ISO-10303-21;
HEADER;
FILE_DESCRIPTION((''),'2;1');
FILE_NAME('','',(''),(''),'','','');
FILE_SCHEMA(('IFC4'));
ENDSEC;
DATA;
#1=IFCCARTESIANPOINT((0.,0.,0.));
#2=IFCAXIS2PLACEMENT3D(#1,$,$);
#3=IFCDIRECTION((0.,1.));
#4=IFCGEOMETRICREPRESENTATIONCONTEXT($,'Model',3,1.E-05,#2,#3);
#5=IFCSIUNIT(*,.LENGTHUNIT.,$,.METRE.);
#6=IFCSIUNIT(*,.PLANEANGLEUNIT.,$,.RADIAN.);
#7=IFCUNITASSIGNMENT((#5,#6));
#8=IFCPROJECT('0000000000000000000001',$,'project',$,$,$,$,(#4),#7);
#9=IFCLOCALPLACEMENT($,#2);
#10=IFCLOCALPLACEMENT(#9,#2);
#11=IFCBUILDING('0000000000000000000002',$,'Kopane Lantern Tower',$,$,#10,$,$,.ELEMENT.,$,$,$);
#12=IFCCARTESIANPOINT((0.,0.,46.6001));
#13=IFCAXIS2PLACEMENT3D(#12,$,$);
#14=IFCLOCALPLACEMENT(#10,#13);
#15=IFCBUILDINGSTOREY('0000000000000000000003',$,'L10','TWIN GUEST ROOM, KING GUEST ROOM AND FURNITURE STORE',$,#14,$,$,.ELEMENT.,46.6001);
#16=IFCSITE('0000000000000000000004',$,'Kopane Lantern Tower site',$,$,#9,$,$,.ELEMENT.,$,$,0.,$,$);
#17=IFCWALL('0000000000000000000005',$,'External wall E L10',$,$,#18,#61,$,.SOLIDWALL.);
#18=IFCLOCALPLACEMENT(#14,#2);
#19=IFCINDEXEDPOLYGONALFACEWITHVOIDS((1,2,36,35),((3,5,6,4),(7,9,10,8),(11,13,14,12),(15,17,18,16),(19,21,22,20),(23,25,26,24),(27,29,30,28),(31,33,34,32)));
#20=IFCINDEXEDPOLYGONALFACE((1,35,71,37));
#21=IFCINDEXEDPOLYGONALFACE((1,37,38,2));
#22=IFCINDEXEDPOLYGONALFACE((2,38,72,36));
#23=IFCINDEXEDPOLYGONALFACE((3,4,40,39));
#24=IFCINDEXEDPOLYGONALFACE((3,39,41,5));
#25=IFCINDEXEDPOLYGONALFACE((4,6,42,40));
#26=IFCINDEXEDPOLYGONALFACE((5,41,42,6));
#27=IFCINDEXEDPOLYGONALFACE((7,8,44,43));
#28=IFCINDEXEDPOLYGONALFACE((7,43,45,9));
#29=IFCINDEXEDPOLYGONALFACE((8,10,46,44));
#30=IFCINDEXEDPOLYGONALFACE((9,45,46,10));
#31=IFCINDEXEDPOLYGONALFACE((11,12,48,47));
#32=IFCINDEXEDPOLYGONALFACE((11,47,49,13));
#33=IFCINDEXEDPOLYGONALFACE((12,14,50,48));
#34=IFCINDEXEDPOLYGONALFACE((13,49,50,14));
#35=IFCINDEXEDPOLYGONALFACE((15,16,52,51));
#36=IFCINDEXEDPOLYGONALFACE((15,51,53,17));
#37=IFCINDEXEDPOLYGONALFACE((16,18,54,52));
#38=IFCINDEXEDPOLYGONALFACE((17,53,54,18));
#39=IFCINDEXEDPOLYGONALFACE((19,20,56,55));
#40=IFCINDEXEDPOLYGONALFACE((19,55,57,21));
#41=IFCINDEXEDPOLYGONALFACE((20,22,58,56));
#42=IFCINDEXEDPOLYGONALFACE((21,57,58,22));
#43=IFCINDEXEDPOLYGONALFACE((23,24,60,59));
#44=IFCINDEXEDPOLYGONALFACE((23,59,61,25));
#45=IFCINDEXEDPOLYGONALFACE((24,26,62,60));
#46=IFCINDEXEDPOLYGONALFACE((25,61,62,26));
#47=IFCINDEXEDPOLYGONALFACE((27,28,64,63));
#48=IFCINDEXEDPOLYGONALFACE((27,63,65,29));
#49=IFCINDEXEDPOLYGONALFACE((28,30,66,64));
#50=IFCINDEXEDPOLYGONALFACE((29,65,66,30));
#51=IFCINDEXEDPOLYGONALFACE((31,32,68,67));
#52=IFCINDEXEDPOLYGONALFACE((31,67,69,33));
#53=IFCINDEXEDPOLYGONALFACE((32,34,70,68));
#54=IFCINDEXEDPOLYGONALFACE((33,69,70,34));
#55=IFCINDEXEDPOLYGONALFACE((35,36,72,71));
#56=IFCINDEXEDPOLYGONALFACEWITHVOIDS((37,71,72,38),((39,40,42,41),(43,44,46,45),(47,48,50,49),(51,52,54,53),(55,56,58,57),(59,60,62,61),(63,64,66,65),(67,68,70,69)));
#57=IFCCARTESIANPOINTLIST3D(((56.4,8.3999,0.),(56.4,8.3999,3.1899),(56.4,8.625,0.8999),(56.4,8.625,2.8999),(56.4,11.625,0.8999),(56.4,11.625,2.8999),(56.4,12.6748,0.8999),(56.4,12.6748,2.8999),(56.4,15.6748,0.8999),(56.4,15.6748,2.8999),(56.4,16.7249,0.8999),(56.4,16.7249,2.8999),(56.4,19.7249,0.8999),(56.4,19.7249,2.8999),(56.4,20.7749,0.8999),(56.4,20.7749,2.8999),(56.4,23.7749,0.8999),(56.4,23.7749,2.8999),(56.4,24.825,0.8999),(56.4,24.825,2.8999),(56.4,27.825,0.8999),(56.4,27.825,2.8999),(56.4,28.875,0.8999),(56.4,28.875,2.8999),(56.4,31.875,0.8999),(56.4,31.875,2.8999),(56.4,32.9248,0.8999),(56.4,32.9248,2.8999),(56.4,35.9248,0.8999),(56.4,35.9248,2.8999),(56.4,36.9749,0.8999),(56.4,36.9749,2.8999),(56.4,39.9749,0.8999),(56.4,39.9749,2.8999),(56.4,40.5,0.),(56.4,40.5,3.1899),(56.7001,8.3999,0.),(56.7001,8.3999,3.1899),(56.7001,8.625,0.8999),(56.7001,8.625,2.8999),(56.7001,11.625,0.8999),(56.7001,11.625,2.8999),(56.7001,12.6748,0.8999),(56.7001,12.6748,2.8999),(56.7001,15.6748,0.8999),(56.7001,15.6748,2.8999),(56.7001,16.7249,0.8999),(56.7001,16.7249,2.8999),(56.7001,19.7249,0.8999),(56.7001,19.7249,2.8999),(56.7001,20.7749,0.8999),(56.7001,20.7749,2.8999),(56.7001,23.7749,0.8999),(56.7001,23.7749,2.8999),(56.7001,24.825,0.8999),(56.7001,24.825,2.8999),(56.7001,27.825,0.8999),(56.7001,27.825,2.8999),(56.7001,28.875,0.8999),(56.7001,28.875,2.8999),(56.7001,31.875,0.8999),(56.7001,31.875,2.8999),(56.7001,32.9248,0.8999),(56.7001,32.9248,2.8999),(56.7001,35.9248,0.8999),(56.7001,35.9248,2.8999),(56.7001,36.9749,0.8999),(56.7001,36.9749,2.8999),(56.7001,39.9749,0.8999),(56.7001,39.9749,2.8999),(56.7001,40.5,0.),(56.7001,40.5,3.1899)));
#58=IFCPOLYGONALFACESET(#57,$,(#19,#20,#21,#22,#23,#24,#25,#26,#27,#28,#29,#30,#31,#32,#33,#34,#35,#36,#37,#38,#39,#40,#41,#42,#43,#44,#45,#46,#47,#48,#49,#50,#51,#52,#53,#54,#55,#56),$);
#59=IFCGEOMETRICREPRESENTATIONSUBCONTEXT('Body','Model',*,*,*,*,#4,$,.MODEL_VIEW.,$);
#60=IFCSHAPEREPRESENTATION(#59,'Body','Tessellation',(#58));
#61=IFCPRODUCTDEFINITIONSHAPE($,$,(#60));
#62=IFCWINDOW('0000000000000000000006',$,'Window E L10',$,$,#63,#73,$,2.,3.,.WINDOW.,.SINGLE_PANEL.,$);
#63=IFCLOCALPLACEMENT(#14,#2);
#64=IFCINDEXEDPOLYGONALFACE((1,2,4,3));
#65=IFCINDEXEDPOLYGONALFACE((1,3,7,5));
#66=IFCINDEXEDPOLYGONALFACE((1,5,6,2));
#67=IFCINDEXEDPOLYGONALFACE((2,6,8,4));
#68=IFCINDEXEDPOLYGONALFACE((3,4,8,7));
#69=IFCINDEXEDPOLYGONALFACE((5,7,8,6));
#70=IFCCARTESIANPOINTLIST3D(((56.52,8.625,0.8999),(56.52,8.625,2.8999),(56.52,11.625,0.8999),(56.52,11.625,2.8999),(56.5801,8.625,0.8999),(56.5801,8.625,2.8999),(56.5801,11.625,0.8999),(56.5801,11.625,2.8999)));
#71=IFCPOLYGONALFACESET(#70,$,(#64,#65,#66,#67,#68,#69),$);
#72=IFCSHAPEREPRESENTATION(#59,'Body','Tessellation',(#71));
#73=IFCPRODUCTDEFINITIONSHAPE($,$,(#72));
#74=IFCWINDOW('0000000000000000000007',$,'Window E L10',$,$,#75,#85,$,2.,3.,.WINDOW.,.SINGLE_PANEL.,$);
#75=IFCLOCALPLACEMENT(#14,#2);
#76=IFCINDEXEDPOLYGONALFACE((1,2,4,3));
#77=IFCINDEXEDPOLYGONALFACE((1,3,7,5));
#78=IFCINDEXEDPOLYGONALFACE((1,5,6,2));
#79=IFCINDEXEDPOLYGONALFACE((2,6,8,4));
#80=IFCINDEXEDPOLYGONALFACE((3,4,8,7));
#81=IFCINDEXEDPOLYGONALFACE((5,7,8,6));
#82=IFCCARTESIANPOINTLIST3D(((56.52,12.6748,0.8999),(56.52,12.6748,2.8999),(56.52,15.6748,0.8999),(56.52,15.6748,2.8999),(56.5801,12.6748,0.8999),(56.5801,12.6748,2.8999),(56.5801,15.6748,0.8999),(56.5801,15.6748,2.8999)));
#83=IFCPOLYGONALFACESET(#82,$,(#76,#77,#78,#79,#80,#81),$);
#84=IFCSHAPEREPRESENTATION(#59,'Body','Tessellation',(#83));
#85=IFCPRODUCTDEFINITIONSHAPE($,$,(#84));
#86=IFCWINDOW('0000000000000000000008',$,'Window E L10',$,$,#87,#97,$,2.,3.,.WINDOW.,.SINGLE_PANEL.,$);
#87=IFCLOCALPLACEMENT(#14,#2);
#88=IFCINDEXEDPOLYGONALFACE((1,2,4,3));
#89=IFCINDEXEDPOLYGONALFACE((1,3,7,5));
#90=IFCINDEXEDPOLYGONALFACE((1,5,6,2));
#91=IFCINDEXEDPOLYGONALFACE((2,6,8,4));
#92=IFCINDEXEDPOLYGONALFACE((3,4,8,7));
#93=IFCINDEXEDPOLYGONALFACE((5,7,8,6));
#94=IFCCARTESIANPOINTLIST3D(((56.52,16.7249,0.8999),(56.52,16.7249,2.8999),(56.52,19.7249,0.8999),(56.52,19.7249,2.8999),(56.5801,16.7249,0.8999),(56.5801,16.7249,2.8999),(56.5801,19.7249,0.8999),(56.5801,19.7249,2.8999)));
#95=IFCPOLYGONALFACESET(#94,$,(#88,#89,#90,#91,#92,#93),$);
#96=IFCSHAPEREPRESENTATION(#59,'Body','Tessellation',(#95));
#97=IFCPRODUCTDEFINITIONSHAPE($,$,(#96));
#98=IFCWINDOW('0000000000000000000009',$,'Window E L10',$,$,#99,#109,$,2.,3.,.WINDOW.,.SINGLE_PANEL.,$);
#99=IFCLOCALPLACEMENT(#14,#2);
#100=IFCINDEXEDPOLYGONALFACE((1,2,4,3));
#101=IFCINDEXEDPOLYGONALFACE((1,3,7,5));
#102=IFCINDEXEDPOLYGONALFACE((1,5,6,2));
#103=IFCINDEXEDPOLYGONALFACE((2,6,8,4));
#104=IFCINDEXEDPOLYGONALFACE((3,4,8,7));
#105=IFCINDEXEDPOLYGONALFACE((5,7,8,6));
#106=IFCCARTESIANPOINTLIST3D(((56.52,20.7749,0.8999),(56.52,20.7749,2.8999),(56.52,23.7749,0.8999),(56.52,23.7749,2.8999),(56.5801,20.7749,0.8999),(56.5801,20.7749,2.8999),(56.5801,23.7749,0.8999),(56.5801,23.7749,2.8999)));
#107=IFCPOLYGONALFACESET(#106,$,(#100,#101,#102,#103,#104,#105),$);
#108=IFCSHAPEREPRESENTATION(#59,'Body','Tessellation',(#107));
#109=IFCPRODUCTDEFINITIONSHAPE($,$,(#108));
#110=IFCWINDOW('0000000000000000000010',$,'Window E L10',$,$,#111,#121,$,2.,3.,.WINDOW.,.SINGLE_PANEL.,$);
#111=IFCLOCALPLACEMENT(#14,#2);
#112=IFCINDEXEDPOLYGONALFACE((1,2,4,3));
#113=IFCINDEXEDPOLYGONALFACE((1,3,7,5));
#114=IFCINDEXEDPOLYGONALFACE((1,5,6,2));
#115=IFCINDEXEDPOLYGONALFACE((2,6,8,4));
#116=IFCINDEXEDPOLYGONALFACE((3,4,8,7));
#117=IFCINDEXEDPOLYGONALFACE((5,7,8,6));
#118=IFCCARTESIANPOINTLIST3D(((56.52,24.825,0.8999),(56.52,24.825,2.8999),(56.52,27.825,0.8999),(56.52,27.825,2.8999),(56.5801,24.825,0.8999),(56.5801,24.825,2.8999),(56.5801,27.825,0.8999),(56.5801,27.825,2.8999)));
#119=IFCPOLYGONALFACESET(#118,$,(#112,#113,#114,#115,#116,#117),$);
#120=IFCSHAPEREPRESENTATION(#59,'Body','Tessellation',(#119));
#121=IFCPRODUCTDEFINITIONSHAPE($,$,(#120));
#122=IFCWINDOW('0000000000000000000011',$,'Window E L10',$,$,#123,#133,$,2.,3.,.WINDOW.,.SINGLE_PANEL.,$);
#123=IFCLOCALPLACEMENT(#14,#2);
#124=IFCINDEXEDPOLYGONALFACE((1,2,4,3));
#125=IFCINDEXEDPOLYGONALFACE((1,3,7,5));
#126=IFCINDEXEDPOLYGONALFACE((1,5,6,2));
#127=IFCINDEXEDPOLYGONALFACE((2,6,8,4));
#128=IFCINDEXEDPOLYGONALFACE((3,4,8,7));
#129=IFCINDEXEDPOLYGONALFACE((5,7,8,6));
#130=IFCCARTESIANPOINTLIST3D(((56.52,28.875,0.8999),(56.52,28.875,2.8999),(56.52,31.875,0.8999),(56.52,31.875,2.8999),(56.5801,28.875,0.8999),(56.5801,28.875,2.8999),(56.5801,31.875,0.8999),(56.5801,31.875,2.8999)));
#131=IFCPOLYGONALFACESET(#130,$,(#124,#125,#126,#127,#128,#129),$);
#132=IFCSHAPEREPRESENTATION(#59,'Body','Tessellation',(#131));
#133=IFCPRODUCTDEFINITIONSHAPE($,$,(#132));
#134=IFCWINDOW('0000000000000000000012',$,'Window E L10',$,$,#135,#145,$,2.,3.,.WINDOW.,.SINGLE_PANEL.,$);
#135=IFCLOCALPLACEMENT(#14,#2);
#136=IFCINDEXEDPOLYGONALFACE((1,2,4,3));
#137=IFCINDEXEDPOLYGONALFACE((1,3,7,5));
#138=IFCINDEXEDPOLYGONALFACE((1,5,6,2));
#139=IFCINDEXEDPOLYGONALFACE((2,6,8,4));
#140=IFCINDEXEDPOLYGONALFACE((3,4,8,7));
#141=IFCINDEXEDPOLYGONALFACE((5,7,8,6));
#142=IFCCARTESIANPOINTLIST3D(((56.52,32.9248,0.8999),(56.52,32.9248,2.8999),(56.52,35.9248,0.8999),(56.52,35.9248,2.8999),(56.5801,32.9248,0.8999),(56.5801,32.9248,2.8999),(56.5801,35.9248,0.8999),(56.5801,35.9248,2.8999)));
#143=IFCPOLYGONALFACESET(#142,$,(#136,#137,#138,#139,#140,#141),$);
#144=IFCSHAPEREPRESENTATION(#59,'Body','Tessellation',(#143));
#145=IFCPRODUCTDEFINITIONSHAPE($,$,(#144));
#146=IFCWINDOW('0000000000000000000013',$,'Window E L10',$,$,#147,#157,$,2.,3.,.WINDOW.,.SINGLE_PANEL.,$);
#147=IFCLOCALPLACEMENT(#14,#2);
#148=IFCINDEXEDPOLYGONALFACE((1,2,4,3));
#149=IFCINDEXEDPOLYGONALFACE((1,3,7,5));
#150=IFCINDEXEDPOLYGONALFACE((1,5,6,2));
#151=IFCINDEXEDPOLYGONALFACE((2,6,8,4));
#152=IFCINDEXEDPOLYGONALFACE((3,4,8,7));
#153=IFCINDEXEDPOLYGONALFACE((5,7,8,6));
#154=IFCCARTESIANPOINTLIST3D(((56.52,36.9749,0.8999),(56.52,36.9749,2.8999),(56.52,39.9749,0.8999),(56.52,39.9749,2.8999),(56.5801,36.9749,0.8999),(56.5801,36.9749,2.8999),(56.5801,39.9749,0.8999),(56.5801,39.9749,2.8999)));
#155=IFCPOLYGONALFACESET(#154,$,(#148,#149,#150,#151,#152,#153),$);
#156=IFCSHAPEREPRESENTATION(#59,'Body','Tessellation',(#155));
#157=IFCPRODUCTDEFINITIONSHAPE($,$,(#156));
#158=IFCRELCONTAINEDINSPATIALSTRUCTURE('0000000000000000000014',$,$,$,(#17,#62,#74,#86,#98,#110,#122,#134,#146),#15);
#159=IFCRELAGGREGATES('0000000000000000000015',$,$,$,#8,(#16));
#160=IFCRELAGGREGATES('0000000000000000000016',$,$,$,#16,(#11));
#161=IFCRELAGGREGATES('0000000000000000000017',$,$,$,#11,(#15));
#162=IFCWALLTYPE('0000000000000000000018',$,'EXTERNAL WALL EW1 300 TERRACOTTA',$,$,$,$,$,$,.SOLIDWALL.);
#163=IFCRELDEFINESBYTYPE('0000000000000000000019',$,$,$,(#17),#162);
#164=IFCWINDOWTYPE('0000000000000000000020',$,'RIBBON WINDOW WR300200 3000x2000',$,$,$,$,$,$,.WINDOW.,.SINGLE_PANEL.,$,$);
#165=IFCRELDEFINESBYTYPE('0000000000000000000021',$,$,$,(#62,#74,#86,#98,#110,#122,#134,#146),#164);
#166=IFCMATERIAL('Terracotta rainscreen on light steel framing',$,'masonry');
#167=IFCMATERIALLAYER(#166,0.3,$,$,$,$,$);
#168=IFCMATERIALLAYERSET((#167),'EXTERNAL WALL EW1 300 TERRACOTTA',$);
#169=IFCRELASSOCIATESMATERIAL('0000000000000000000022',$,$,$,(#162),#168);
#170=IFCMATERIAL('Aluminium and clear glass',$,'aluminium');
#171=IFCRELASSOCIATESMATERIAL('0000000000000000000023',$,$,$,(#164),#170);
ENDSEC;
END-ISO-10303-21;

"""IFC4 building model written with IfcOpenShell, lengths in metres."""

from ifc_helpers import new_model, si_unit, direction, frame, frame_2d, origin, place, context, subcontext, project, spatial, rectangle, extrude, material, layer, layer_set, type_object, element, fill, save


model = new_model("IFC4")

# Units and contexts
model_context = context("Model", 3, precision=1e-05, world=origin(), true_north=direction((0.0, 1.0)))
body_context = subcontext(model_context, "Body", "Model", "MODEL_VIEW")
ifc_project = project(units=[si_unit("LENGTHUNIT", "METRE"), si_unit("PLANEANGLEUNIT", "RADIAN")], contexts=[model_context])

# Site, building, storey
site_placement = place(None, origin())
site = spatial("IfcSite", under=ifc_project, at=site_placement, Name="Kopane Lantern Tower site", CompositionType="ELEMENT", RefElevation=0.0)
building_placement = place(site_placement, origin())
building = spatial("IfcBuilding", under=site, at=building_placement, Name="Kopane Lantern Tower", CompositionType="ELEMENT")
storey_placement = place(building_placement, frame((0.0, 0.0, 46.6001)))
storey = spatial("IfcBuildingStorey", under=building, at=storey_placement, Name="L10", Description="TWIN GUEST ROOM, KING GUEST ROOM AND FURNITURE STORE", CompositionType="ELEMENT", Elevation=46.6001)

# Shared definitions
ifc_material_1 = material(Name="Terracotta rainscreen on light steel framing", Category="masonry")
ifc_layer_1 = layer(ifc_material_1, 0.3)
ifc_layer_set_1 = layer_set([ifc_layer_1], Name="EXTERNAL WALL EW1 300 TERRACOTTA")
wall_type_1 = type_object("IfcWallType", Name="EXTERNAL WALL EW1 300 TERRACOTTA", PredefinedType="SOLIDWALL", material=ifc_layer_set_1)

# Wall, openings, windows
wall_1_placement = place(storey_placement, frame((56.55, 8.3999, 0.0), z_axis=(0.0, 0.0, 1.0), x_axis=(0.0, 1.0, 0.0)))
wall_1 = element("IfcWall", 1, at=wall_1_placement, inside=storey, type_object=wall_type_1, Name="External wall E L10", PredefinedType="SOLIDWALL", context=body_context, shape_type="SweptSolid", body=[
    extrude(rectangle(XDim=32.1001, YDim=0.3, at=frame_2d((16.05, 0.0))), origin(), (0.0, 0.0, 1.0), 3.1899),
])
opening_1_placement = place(wall_1_placement, frame((0.2251, 0.0, 0.8999)))
opening_1 = element("IfcOpeningElement", 2, at=opening_1_placement, cuts=wall_1, PredefinedType="OPENING", context=body_context, shape_type="SweptSolid", body=[
    extrude(rectangle(XDim=3.0, YDim=2.0, at=frame_2d((1.5, 1.0))), frame((0.0, 0.1599, 0.0), z_axis=(0.0, -1.0, 0.0), x_axis=(1.0, 0.0, 0.0)), (0.0, 0.0, 1.0), 0.3201),
])
opening_2_placement = place(wall_1_placement, frame((4.2749, 0.0, 0.8999)))
opening_2 = element("IfcOpeningElement", 3, at=opening_2_placement, cuts=wall_1, PredefinedType="OPENING", context=body_context, shape_type="SweptSolid", body=[
    extrude(rectangle(XDim=3.0, YDim=2.0, at=frame_2d((1.5, 1.0))), frame((0.0, 0.1599, 0.0), z_axis=(0.0, -1.0, 0.0), x_axis=(1.0, 0.0, 0.0)), (0.0, 0.0, 1.0), 0.3201),
])
opening_3_placement = place(wall_1_placement, frame((8.325, 0.0, 0.8999)))
opening_3 = element("IfcOpeningElement", 4, at=opening_3_placement, cuts=wall_1, PredefinedType="OPENING", context=body_context, shape_type="SweptSolid", body=[
    extrude(rectangle(XDim=3.0, YDim=2.0, at=frame_2d((1.5, 1.0))), frame((0.0, 0.1599, 0.0), z_axis=(0.0, -1.0, 0.0), x_axis=(1.0, 0.0, 0.0)), (0.0, 0.0, 1.0), 0.3201),
])
opening_4_placement = place(wall_1_placement, frame((12.375, 0.0, 0.8999)))
opening_4 = element("IfcOpeningElement", 5, at=opening_4_placement, cuts=wall_1, PredefinedType="OPENING", context=body_context, shape_type="SweptSolid", body=[
    extrude(rectangle(XDim=3.0, YDim=2.0, at=frame_2d((1.5, 1.0))), frame((0.0, 0.1599, 0.0), z_axis=(0.0, -1.0, 0.0), x_axis=(1.0, 0.0, 0.0)), (0.0, 0.0, 1.0), 0.3201),
])
opening_5_placement = place(wall_1_placement, frame((16.425, 0.0, 0.8999)))
opening_5 = element("IfcOpeningElement", 6, at=opening_5_placement, cuts=wall_1, PredefinedType="OPENING", context=body_context, shape_type="SweptSolid", body=[
    extrude(rectangle(XDim=3.0, YDim=2.0, at=frame_2d((1.5, 1.0))), frame((0.0, 0.1599, 0.0), z_axis=(0.0, -1.0, 0.0), x_axis=(1.0, 0.0, 0.0)), (0.0, 0.0, 1.0), 0.3201),
])
opening_6_placement = place(wall_1_placement, frame((20.4751, 0.0, 0.8999)))
opening_6 = element("IfcOpeningElement", 7, at=opening_6_placement, cuts=wall_1, PredefinedType="OPENING", context=body_context, shape_type="SweptSolid", body=[
    extrude(rectangle(XDim=3.0, YDim=2.0, at=frame_2d((1.5, 1.0))), frame((0.0, 0.1599, 0.0), z_axis=(0.0, -1.0, 0.0), x_axis=(1.0, 0.0, 0.0)), (0.0, 0.0, 1.0), 0.3201),
])
opening_7_placement = place(wall_1_placement, frame((24.5249, 0.0, 0.8999)))
opening_7 = element("IfcOpeningElement", 8, at=opening_7_placement, cuts=wall_1, PredefinedType="OPENING", context=body_context, shape_type="SweptSolid", body=[
    extrude(rectangle(XDim=3.0, YDim=2.0, at=frame_2d((1.5, 1.0))), frame((0.0, 0.1599, 0.0), z_axis=(0.0, -1.0, 0.0), x_axis=(1.0, 0.0, 0.0)), (0.0, 0.0, 1.0), 0.3201),
])
opening_8_placement = place(wall_1_placement, frame((28.575, 0.0, 0.8999)))
opening_8 = element("IfcOpeningElement", 9, at=opening_8_placement, cuts=wall_1, PredefinedType="OPENING", context=body_context, shape_type="SweptSolid", body=[
    extrude(rectangle(XDim=3.0, YDim=2.0, at=frame_2d((1.5, 1.0))), frame((0.0, 0.1599, 0.0), z_axis=(0.0, -1.0, 0.0), x_axis=(1.0, 0.0, 0.0)), (0.0, 0.0, 1.0), 0.3201),
])
ifc_material_2 = material(Name="Aluminium and clear glass", Category="aluminium")
window_type_1 = type_object("IfcWindowType", Name="RIBBON WINDOW WR300200 3000x2000", PartitioningType="SINGLE_PANEL", PredefinedType="WINDOW", material=ifc_material_2)
window_1_placement = place(opening_1_placement, origin())
window_1 = element("IfcWindow", 10, at=window_1_placement, inside=storey, type_object=window_type_1, Name="Window E L10", OverallHeight=2.0, OverallWidth=3.0, PartitioningType="SINGLE_PANEL", PredefinedType="WINDOW", context=body_context, shape_type="SweptSolid", body=[
    extrude(rectangle(XDim=3.0, YDim=2.0, at=frame_2d((1.5, 1.0))), frame((0.0, 0.03, 0.0), z_axis=(0.0, -1.0, 0.0), x_axis=(1.0, 0.0, 0.0)), (0.0, 0.0, 1.0), 0.0601),
])
fill(opening_1, window_1)
window_2_placement = place(opening_2_placement, origin())
window_2 = element("IfcWindow", 11, at=window_2_placement, inside=storey, type_object=window_type_1, Name="Window E L10", OverallHeight=2.0, OverallWidth=3.0, PartitioningType="SINGLE_PANEL", PredefinedType="WINDOW", context=body_context, shape_type="SweptSolid", body=[
    extrude(rectangle(XDim=3.0, YDim=2.0, at=frame_2d((1.5, 1.0))), frame((0.0, 0.03, 0.0), z_axis=(0.0, -1.0, 0.0), x_axis=(1.0, 0.0, 0.0)), (0.0, 0.0, 1.0), 0.0601),
])
fill(opening_2, window_2)
window_3_placement = place(opening_3_placement, origin())
window_3 = element("IfcWindow", 12, at=window_3_placement, inside=storey, type_object=window_type_1, Name="Window E L10", OverallHeight=2.0, OverallWidth=3.0, PartitioningType="SINGLE_PANEL", PredefinedType="WINDOW", context=body_context, shape_type="SweptSolid", body=[
    extrude(rectangle(XDim=3.0, YDim=2.0, at=frame_2d((1.5, 1.0))), frame((0.0, 0.03, 0.0), z_axis=(0.0, -1.0, 0.0), x_axis=(1.0, 0.0, 0.0)), (0.0, 0.0, 1.0), 0.0601),
])
fill(opening_3, window_3)
window_4_placement = place(opening_4_placement, origin())
window_4 = element("IfcWindow", 13, at=window_4_placement, inside=storey, type_object=window_type_1, Name="Window E L10", OverallHeight=2.0, OverallWidth=3.0, PartitioningType="SINGLE_PANEL", PredefinedType="WINDOW", context=body_context, shape_type="SweptSolid", body=[
    extrude(rectangle(XDim=3.0, YDim=2.0, at=frame_2d((1.5, 1.0))), frame((0.0, 0.03, 0.0), z_axis=(0.0, -1.0, 0.0), x_axis=(1.0, 0.0, 0.0)), (0.0, 0.0, 1.0), 0.0601),
])
fill(opening_4, window_4)
window_5_placement = place(opening_5_placement, origin())
window_5 = element("IfcWindow", 14, at=window_5_placement, inside=storey, type_object=window_type_1, Name="Window E L10", OverallHeight=2.0, OverallWidth=3.0, PartitioningType="SINGLE_PANEL", PredefinedType="WINDOW", context=body_context, shape_type="SweptSolid", body=[
    extrude(rectangle(XDim=3.0, YDim=2.0, at=frame_2d((1.5, 1.0))), frame((0.0, 0.03, 0.0), z_axis=(0.0, -1.0, 0.0), x_axis=(1.0, 0.0, 0.0)), (0.0, 0.0, 1.0), 0.0601),
])
fill(opening_5, window_5)
window_6_placement = place(opening_6_placement, origin())
window_6 = element("IfcWindow", 15, at=window_6_placement, inside=storey, type_object=window_type_1, Name="Window E L10", OverallHeight=2.0, OverallWidth=3.0, PartitioningType="SINGLE_PANEL", PredefinedType="WINDOW", context=body_context, shape_type="SweptSolid", body=[
    extrude(rectangle(XDim=3.0, YDim=2.0, at=frame_2d((1.5, 1.0))), frame((0.0, 0.03, 0.0), z_axis=(0.0, -1.0, 0.0), x_axis=(1.0, 0.0, 0.0)), (0.0, 0.0, 1.0), 0.0601),
])
fill(opening_6, window_6)
window_7_placement = place(opening_7_placement, origin())
window_7 = element("IfcWindow", 16, at=window_7_placement, inside=storey, type_object=window_type_1, Name="Window E L10", OverallHeight=2.0, OverallWidth=3.0, PartitioningType="SINGLE_PANEL", PredefinedType="WINDOW", context=body_context, shape_type="SweptSolid", body=[
    extrude(rectangle(XDim=3.0, YDim=2.0, at=frame_2d((1.5, 1.0))), frame((0.0, 0.03, 0.0), z_axis=(0.0, -1.0, 0.0), x_axis=(1.0, 0.0, 0.0)), (0.0, 0.0, 1.0), 0.0601),
])
fill(opening_7, window_7)
window_8_placement = place(opening_8_placement, origin())
window_8 = element("IfcWindow", 17, at=window_8_placement, inside=storey, type_object=window_type_1, Name="Window E L10", OverallHeight=2.0, OverallWidth=3.0, PartitioningType="SINGLE_PANEL", PredefinedType="WINDOW", context=body_context, shape_type="SweptSolid", body=[
    extrude(rectangle(XDim=3.0, YDim=2.0, at=frame_2d((1.5, 1.0))), frame((0.0, 0.03, 0.0), z_axis=(0.0, -1.0, 0.0), x_axis=(1.0, 0.0, 0.0)), (0.0, 0.0, 1.0), 0.0601),
])
fill(opening_8, window_8)

save(model, "model.ifc")
